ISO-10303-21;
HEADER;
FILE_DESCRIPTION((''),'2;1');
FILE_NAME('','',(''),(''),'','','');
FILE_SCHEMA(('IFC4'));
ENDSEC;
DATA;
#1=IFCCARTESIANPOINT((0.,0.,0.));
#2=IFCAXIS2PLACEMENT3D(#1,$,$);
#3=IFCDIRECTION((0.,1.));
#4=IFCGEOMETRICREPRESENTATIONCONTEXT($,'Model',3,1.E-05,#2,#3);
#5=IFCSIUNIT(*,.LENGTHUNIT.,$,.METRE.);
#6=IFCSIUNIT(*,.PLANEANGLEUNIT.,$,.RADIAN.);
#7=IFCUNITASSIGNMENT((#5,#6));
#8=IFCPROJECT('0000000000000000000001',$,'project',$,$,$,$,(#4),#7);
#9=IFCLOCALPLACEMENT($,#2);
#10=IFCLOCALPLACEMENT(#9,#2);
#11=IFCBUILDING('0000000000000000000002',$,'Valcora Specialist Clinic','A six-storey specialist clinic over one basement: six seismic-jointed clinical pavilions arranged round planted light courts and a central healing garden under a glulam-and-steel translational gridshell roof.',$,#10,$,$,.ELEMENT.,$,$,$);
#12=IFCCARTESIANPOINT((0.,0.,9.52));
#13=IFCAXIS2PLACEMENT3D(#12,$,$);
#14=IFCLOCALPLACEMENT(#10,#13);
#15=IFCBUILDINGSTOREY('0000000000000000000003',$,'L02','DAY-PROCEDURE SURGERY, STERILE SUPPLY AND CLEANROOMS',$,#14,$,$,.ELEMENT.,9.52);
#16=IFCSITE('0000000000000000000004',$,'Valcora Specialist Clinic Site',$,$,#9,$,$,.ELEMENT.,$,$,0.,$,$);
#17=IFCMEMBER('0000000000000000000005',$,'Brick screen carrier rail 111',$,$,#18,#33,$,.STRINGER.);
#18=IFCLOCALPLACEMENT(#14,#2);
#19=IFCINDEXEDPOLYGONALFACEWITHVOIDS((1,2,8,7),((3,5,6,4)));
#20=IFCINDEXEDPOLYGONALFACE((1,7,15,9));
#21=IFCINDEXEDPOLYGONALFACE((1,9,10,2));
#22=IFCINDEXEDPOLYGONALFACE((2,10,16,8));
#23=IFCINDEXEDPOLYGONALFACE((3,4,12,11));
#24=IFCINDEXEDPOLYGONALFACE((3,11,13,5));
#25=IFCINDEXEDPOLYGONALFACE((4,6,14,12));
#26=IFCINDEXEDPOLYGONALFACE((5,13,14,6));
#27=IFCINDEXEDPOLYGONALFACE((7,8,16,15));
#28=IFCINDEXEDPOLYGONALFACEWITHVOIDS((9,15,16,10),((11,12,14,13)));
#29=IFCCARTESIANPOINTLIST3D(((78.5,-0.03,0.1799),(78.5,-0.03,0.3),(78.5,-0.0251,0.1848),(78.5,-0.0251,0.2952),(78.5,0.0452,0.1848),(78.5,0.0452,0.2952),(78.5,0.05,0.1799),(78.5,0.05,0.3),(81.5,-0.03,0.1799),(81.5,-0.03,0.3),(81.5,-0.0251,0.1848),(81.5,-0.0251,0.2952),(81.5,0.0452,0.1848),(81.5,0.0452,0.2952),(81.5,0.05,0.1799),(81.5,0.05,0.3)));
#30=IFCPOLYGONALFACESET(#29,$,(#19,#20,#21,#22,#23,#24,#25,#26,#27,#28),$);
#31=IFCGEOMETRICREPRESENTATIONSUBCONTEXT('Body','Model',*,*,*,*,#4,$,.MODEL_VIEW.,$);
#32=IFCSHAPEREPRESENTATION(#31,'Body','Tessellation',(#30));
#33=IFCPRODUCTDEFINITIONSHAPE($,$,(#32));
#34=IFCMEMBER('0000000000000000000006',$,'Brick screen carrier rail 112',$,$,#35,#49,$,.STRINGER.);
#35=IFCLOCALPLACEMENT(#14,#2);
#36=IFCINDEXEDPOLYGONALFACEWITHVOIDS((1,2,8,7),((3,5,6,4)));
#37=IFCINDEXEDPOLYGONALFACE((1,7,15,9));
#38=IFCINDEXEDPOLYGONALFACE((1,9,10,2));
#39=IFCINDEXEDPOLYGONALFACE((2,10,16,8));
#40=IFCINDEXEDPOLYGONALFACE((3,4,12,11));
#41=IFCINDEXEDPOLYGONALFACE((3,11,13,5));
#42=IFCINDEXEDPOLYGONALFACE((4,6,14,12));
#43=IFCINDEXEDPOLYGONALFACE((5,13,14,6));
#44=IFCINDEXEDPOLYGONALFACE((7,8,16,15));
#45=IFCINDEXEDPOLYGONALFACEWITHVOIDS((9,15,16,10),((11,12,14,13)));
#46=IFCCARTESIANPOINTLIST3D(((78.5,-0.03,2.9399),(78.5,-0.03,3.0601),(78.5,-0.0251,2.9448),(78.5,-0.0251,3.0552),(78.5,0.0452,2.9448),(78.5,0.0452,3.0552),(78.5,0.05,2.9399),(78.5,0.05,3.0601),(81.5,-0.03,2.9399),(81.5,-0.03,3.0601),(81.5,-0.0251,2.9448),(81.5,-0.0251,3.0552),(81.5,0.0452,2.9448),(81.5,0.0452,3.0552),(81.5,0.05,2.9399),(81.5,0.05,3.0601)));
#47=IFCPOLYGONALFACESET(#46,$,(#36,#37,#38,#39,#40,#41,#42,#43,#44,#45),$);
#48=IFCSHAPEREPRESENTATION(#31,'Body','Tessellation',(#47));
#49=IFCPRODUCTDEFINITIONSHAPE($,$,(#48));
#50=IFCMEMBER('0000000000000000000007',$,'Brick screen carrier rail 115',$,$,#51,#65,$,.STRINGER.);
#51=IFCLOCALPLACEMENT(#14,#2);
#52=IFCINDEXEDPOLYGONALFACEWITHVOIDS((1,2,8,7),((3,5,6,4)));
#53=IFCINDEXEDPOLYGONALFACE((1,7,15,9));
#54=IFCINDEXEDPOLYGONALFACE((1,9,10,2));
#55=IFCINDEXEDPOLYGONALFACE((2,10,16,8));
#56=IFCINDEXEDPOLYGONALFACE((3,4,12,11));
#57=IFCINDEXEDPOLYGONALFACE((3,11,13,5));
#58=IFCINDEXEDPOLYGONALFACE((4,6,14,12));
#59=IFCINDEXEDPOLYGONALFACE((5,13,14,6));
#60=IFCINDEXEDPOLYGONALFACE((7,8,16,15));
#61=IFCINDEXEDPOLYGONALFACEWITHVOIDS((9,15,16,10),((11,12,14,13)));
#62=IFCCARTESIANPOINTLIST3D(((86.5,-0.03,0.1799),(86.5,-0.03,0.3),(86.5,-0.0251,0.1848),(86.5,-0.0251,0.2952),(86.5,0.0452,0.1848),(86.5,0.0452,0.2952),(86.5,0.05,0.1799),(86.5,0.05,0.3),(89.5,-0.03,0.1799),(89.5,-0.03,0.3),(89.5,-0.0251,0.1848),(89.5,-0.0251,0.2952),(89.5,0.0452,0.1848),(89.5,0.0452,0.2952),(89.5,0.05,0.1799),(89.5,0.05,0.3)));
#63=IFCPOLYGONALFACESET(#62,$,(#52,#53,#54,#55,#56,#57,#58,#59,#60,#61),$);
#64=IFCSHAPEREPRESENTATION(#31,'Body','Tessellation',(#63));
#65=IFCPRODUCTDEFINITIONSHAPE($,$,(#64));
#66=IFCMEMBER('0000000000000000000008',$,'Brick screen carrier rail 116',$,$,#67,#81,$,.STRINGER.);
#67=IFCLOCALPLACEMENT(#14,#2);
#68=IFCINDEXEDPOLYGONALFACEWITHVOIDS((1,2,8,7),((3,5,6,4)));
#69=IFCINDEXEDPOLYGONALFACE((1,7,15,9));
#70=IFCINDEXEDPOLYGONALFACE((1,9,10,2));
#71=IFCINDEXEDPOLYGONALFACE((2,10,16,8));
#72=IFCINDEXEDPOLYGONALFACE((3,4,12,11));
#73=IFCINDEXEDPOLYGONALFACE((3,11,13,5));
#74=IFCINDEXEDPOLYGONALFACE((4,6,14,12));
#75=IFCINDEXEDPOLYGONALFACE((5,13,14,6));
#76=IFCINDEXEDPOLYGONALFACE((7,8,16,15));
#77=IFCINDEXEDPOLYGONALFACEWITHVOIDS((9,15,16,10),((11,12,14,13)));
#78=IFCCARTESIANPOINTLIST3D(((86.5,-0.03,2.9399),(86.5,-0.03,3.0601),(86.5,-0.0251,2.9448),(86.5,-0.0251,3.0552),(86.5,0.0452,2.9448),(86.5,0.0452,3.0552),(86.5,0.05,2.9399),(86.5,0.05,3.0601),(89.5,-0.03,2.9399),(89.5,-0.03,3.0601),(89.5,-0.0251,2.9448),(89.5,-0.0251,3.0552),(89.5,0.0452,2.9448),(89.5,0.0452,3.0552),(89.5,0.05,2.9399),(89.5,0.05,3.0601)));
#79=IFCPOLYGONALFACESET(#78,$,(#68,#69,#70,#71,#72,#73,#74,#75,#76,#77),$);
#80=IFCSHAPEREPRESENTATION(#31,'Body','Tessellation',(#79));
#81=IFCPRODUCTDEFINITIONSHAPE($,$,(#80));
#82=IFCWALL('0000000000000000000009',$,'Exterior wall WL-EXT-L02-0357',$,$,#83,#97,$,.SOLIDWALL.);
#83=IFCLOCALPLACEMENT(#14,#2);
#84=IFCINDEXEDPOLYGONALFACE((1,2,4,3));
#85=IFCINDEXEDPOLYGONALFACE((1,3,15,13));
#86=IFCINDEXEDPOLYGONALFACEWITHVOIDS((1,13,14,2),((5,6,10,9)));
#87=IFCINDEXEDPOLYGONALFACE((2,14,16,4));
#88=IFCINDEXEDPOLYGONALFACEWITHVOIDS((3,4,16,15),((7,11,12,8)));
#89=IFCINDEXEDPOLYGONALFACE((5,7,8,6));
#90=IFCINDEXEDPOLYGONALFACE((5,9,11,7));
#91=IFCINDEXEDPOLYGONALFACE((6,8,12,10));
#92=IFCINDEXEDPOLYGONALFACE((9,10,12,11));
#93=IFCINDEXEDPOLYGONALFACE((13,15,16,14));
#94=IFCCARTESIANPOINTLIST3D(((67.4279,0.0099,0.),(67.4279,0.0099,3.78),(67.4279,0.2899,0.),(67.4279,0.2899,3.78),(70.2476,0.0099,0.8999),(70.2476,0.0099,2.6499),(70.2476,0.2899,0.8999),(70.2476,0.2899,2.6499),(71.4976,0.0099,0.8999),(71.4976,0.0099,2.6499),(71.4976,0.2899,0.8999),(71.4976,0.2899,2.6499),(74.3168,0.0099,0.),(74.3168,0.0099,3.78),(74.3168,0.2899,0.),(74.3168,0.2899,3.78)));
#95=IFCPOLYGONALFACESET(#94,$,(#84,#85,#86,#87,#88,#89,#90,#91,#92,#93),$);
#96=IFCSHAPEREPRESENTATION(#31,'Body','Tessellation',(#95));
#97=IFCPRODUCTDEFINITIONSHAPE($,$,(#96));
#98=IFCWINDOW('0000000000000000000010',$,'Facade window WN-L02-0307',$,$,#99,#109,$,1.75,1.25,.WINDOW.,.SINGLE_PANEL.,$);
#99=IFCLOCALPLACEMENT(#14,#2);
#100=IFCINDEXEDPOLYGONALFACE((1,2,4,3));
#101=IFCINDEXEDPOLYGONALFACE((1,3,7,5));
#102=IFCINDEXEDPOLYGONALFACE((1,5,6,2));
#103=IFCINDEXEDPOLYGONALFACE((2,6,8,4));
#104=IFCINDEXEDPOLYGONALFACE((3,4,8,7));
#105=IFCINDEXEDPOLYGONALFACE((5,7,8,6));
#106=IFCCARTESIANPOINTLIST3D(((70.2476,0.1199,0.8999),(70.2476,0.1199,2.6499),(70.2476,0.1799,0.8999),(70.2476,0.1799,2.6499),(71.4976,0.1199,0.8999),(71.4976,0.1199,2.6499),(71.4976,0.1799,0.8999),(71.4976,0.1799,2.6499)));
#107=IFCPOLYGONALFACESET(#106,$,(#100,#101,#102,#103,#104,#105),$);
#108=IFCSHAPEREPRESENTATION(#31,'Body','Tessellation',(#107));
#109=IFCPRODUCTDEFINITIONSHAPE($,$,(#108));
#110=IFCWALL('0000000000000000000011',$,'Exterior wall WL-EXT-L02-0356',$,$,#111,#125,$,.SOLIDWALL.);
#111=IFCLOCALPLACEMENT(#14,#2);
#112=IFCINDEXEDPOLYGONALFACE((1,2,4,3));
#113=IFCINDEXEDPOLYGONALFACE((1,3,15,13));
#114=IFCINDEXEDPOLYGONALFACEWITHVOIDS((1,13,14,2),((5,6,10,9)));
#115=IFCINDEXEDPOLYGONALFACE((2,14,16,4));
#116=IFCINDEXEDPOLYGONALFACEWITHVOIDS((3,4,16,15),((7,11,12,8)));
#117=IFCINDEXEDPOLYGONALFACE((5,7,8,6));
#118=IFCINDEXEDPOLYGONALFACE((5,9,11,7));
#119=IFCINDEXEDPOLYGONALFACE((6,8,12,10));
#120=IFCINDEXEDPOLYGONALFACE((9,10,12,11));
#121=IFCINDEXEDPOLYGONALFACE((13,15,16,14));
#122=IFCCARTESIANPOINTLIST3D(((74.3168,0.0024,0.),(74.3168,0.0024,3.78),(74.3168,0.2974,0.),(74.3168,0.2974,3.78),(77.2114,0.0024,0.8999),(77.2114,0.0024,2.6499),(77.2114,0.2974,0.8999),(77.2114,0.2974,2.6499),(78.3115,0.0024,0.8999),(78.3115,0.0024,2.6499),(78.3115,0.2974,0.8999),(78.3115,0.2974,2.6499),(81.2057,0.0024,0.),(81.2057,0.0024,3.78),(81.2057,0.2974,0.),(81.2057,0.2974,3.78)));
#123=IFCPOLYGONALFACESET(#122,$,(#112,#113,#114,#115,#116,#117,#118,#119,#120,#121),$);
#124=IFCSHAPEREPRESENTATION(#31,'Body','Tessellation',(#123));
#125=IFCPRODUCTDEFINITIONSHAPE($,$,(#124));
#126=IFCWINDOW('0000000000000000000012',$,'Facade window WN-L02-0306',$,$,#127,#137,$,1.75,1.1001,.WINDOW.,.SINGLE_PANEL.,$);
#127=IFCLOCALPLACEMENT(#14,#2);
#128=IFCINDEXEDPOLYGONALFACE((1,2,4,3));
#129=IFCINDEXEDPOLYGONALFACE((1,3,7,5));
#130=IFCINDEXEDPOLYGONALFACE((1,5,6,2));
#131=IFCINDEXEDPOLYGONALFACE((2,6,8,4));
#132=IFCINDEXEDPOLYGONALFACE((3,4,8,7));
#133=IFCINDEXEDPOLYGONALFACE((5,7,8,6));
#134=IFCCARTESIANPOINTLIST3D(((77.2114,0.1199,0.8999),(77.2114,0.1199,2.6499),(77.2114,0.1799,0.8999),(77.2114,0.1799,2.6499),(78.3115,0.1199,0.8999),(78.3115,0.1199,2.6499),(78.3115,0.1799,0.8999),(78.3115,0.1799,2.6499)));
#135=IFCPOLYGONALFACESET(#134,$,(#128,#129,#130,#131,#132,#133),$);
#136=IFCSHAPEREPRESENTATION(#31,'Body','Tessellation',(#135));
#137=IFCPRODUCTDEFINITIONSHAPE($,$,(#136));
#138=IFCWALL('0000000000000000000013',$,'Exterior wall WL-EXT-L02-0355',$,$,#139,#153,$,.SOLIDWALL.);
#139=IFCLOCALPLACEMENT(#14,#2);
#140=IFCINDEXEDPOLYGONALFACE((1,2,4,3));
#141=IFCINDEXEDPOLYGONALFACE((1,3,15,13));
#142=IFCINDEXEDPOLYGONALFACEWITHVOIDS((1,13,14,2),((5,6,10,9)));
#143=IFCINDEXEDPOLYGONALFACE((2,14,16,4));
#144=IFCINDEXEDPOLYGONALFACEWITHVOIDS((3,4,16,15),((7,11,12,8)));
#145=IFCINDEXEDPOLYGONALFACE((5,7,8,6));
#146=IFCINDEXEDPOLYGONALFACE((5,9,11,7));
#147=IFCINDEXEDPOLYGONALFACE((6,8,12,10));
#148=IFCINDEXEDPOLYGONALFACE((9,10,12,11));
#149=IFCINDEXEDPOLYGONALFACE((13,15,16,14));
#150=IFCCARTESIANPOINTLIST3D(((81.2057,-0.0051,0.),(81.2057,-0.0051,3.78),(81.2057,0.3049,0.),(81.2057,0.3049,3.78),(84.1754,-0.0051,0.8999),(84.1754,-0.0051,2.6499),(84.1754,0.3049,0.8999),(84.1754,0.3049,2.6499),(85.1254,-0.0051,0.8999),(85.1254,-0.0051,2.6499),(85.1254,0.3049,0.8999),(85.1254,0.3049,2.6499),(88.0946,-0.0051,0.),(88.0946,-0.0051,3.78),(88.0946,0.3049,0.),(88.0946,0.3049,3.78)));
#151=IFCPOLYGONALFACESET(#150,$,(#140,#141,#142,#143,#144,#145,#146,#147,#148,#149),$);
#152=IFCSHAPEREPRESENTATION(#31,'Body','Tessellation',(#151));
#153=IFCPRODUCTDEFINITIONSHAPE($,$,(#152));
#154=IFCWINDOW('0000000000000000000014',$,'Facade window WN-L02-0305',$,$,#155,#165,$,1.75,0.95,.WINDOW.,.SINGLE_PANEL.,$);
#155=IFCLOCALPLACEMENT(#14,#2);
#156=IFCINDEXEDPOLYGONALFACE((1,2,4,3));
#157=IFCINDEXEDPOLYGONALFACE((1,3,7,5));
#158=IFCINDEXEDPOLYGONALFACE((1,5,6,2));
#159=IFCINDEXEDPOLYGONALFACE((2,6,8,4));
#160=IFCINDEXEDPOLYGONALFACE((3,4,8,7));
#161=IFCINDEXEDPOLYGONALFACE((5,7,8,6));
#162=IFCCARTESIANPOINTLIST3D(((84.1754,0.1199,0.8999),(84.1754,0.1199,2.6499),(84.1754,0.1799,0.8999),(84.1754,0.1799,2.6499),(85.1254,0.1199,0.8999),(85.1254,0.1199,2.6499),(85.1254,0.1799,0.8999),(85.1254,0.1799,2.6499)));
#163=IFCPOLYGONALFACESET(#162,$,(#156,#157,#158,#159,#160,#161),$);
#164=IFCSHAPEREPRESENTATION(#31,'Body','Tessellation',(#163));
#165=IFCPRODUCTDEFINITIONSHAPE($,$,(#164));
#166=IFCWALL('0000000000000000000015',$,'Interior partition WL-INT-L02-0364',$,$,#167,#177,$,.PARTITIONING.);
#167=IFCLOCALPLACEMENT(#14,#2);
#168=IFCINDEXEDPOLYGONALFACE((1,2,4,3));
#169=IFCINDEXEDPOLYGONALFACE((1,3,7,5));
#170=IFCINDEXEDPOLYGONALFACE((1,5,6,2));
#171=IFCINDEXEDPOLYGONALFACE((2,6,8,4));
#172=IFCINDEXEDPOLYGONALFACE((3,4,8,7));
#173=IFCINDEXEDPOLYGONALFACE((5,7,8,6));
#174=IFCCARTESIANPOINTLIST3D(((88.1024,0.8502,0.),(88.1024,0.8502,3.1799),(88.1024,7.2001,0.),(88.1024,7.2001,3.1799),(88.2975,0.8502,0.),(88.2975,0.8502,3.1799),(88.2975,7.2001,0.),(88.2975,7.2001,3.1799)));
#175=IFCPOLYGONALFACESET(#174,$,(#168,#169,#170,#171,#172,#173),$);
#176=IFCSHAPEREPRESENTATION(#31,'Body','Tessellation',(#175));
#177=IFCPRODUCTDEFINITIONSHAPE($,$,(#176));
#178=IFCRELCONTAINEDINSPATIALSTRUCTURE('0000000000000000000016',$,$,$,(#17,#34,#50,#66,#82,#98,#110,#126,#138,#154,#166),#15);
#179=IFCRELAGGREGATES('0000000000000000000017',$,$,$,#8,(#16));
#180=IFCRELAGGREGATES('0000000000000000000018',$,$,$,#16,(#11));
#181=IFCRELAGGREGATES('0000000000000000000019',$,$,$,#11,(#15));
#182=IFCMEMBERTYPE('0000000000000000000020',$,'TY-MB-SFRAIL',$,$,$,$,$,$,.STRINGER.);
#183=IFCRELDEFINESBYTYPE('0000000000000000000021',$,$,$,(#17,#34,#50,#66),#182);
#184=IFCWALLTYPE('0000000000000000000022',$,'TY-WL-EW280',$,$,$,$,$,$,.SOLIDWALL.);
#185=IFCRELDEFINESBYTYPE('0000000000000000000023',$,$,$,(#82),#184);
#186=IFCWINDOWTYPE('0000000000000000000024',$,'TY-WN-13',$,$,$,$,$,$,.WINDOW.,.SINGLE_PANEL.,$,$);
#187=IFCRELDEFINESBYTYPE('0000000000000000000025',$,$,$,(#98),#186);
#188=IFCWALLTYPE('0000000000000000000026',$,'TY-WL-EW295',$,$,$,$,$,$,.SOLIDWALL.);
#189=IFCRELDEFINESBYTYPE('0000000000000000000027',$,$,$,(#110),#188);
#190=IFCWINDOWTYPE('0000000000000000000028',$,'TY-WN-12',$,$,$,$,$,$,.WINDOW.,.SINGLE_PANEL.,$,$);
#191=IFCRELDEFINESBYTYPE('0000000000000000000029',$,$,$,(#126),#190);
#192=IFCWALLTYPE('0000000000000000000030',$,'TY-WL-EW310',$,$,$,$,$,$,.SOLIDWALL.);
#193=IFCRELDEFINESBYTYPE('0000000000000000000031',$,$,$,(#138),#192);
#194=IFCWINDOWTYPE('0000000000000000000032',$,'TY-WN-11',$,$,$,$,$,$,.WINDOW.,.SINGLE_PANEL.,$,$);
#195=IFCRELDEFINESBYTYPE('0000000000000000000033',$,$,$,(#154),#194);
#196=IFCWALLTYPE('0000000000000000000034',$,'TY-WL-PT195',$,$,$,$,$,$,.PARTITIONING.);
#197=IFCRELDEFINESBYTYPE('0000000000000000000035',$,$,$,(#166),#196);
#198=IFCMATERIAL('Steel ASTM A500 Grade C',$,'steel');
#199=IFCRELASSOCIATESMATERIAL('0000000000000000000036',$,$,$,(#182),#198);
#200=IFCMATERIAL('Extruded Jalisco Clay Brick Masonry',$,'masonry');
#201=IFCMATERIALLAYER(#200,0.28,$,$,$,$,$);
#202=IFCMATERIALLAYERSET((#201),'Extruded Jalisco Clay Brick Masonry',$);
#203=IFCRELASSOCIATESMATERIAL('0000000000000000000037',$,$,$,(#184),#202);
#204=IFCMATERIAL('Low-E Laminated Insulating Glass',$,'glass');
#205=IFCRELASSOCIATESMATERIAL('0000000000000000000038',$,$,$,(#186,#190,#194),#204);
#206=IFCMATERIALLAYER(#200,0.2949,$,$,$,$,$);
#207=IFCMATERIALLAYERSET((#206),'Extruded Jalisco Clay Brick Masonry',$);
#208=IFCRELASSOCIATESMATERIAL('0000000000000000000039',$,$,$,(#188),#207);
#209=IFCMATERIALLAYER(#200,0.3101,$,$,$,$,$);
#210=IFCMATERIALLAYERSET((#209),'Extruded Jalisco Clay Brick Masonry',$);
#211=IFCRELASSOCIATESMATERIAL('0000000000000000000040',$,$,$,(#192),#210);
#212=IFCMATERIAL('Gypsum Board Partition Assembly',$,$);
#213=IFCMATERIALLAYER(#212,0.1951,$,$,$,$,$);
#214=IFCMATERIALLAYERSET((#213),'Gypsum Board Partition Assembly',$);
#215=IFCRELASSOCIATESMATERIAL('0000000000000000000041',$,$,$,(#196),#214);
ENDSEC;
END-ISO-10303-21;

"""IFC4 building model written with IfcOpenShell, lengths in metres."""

from ifc_helpers import new_model, si_unit, direction, frame, frame_2d, origin, origin_2d, place, context, subcontext, project, spatial, rectangle, hollow_rectangle, extrude, material, layer, layer_set, material_profile, profile_set, type_object, element, fill, save


model = new_model("IFC4")

# Units and contexts
model_context = context("Model", 3, precision=1e-05, world=origin(), true_north=direction((0.0, 1.0)))
body_context = subcontext(model_context, "Body", "Model", "MODEL_VIEW")
ifc_project = project(units=[si_unit("LENGTHUNIT", "METRE"), si_unit("PLANEANGLEUNIT", "RADIAN")], contexts=[model_context])

# Site, building, storey
site_placement = place(None, origin())
site = spatial("IfcSite", under=ifc_project, at=site_placement, Name="Valcora Specialist Clinic Site", CompositionType="ELEMENT", RefElevation=0.0)
building_placement = place(site_placement, origin())
building = spatial("IfcBuilding", under=site, at=building_placement, Name="Valcora Specialist Clinic", Description="A six-storey specialist clinic over one basement: six seismic-jointed clinical pavilions arranged round planted light courts and a central healing garden under a glulam-and-steel translational gridshell roof.", CompositionType="ELEMENT")
storey_placement = place(building_placement, frame((0.0, 0.0, 9.52)))
storey = spatial("IfcBuildingStorey", under=building, at=storey_placement, Name="L02", Description="DAY-PROCEDURE SURGERY, STERILE SUPPLY AND CLEANROOMS", CompositionType="ELEMENT", Elevation=9.52)

# Members
ifc_material_1 = material(Name="Steel ASTM A500 Grade C", Category="steel")
ifc_material_profile_1 = material_profile(ifc_material_1, hollow_rectangle(XDim=0.0801, YDim=0.1201, WallThickness=0.0049, at=origin_2d()), Name="ST-RHS-120X80X5")
ifc_profile_set_1 = profile_set([ifc_material_profile_1], Name="Steel ASTM A500 Grade C")
member_type_1 = type_object("IfcMemberType", Name="TY-MB-SFRAIL", PredefinedType="STRINGER", material=ifc_profile_set_1)
for number, where, z_axis, x_axis, name in (
    (1, (78.5, 0.01, 0.24), (1.0, 0.0, 0.0), (0.0, 1.0, 0.0), "Brick screen carrier rail 111"),
    (2, (78.5, 0.01, 3.0), (1.0, 0.0, 0.0), (0.0, 1.0, 0.0), "Brick screen carrier rail 112"),
    (3, (86.5, 0.01, 0.24), (1.0, 0.0, 0.0), (0.0, 1.0, 0.0), "Brick screen carrier rail 115"),
    (4, (86.5, 0.01, 3.0), (1.0, 0.0, 0.0), (0.0, 1.0, 0.0), "Brick screen carrier rail 116"),
):
    element("IfcMember", number, at=place(storey_placement, frame(where, z_axis=z_axis, x_axis=x_axis)), inside=storey, type_object=member_type_1, Name=name, PredefinedType="STRINGER", context=body_context, shape_type="SweptSolid", body=[
        extrude(hollow_rectangle(XDim=0.0801, YDim=0.1201, WallThickness=0.0049, at=origin_2d()), origin(), (0.0, 0.0, 1.0), 3.0),
    ])

# Walls, openings, windows
ifc_material_2 = material(Name="Extruded Jalisco Clay Brick Masonry", Category="masonry")
ifc_layer_1 = layer(ifc_material_2, 0.28)
ifc_layer_set_1 = layer_set([ifc_layer_1], Name="Extruded Jalisco Clay Brick Masonry")
wall_type_1 = type_object("IfcWallType", Name="TY-WL-EW280", PredefinedType="SOLIDWALL", material=ifc_layer_set_1)
wall_1_placement = place(storey_placement, frame((74.3167, 0.1499, 0.0), z_axis=(0.0, 0.0, 1.0), x_axis=(-1.0, 0.0, 0.0)))
wall_1 = element("IfcWall", 5, at=wall_1_placement, inside=storey, type_object=wall_type_1, Name="Exterior wall WL-EXT-L02-0357", PredefinedType="SOLIDWALL", context=body_context, shape_type="SweptSolid", body=[
    extrude(rectangle(XDim=6.8889, YDim=0.28, at=frame_2d((3.4443, 0.0))), origin(), (0.0, 0.0, 1.0), 3.78),
])
opening_1_placement = place(wall_1_placement, frame((2.8191, 0.0, 0.8999)))
opening_1 = element("IfcOpeningElement", 6, at=opening_1_placement, cuts=wall_1, PredefinedType="OPENING", context=body_context, shape_type="SweptSolid", body=[
    extrude(rectangle(XDim=1.25, YDim=1.75, at=frame_2d((0.625, 0.875))), frame((0.0, 0.1499, 0.0), z_axis=(0.0, -1.0, 0.0), x_axis=(1.0, 0.0, 0.0)), (0.0, 0.0, 1.0), 0.3),
])
ifc_material_3 = material(Name="Low-E Laminated Insulating Glass", Category="glass")
window_type_1 = type_object("IfcWindowType", Name="TY-WN-13", PartitioningType="SINGLE_PANEL", PredefinedType="WINDOW", material=ifc_material_3)
window_1_placement = place(opening_1_placement, origin())
window_1 = element("IfcWindow", 7, at=window_1_placement, inside=storey, type_object=window_type_1, Name="Facade window WN-L02-0307", OverallHeight=1.75, OverallWidth=1.25, PartitioningType="SINGLE_PANEL", PredefinedType="WINDOW", context=body_context, shape_type="SweptSolid", body=[
    extrude(rectangle(XDim=1.25, YDim=1.75, at=frame_2d((0.625, 0.875))), frame((0.0, 0.03, 0.0), z_axis=(0.0, -1.0, 0.0), x_axis=(1.0, 0.0, 0.0)), (0.0, 0.0, 1.0), 0.0601),
])
fill(opening_1, window_1)
ifc_layer_2 = layer(ifc_material_2, 0.2949)
ifc_layer_set_2 = layer_set([ifc_layer_2], Name="Extruded Jalisco Clay Brick Masonry")
wall_type_2 = type_object("IfcWallType", Name="TY-WL-EW295", PredefinedType="SOLIDWALL", material=ifc_layer_set_2)
wall_2_placement = place(storey_placement, frame((81.2056, 0.1499, 0.0), z_axis=(0.0, 0.0, 1.0), x_axis=(-1.0, 0.0, 0.0)))
wall_2 = element("IfcWall", 8, at=wall_2_placement, inside=storey, type_object=wall_type_2, Name="Exterior wall WL-EXT-L02-0356", PredefinedType="SOLIDWALL", context=body_context, shape_type="SweptSolid", body=[
    extrude(rectangle(XDim=6.8889, YDim=0.2949, at=frame_2d((3.4443, 0.0))), origin(), (0.0, 0.0, 1.0), 3.78),
])
opening_2_placement = place(wall_2_placement, frame((2.894, 0.0, 0.8999)))
opening_2 = element("IfcOpeningElement", 9, at=opening_2_placement, cuts=wall_2, PredefinedType="OPENING", context=body_context, shape_type="SweptSolid", body=[
    extrude(rectangle(XDim=1.1001, YDim=1.75, at=frame_2d((0.55, 0.875))), frame((0.0, 0.1575, 0.0), z_axis=(0.0, -1.0, 0.0), x_axis=(1.0, 0.0, 0.0)), (0.0, 0.0, 1.0), 0.3149),
])
window_type_2 = type_object("IfcWindowType", Name="TY-WN-12", PartitioningType="SINGLE_PANEL", PredefinedType="WINDOW", material=ifc_material_3)
window_2_placement = place(opening_2_placement, origin())
window_2 = element("IfcWindow", 10, at=window_2_placement, inside=storey, type_object=window_type_2, Name="Facade window WN-L02-0306", OverallHeight=1.75, OverallWidth=1.1001, PartitioningType="SINGLE_PANEL", PredefinedType="WINDOW", context=body_context, shape_type="SweptSolid", body=[
    extrude(rectangle(XDim=1.1001, YDim=1.75, at=frame_2d((0.55, 0.875))), frame((0.0, 0.03, 0.0), z_axis=(0.0, -1.0, 0.0), x_axis=(1.0, 0.0, 0.0)), (0.0, 0.0, 1.0), 0.0601),
])
fill(opening_2, window_2)
ifc_layer_3 = layer(ifc_material_2, 0.3101)
ifc_layer_set_3 = layer_set([ifc_layer_3], Name="Extruded Jalisco Clay Brick Masonry")
wall_type_3 = type_object("IfcWallType", Name="TY-WL-EW310", PredefinedType="SOLIDWALL", material=ifc_layer_set_3)
wall_3_placement = place(storey_placement, frame((88.0945, 0.1499, 0.0), z_axis=(0.0, 0.0, 1.0), x_axis=(-1.0, 0.0, 0.0)))
wall_3 = element("IfcWall", 11, at=wall_3_placement, inside=storey, type_object=wall_type_3, Name="Exterior wall WL-EXT-L02-0355", PredefinedType="SOLIDWALL", context=body_context, shape_type="SweptSolid", body=[
    extrude(rectangle(XDim=6.8889, YDim=0.3101, at=frame_2d((3.4443, 0.0))), origin(), (0.0, 0.0, 1.0), 3.78),
])
opening_3_placement = place(wall_3_placement, frame((2.969, 0.0, 0.8999)))
opening_3 = element("IfcOpeningElement", 12, at=opening_3_placement, cuts=wall_3, PredefinedType="OPENING", context=body_context, shape_type="SweptSolid", body=[
    extrude(rectangle(XDim=0.95, YDim=1.75, at=frame_2d((0.4751, 0.875))), frame((0.0, 0.165, 0.0), z_axis=(0.0, -1.0, 0.0), x_axis=(1.0, 0.0, 0.0)), (0.0, 0.0, 1.0), 0.3301),
])
window_type_3 = type_object("IfcWindowType", Name="TY-WN-11", PartitioningType="SINGLE_PANEL", PredefinedType="WINDOW", material=ifc_material_3)
window_3_placement = place(opening_3_placement, origin())
window_3 = element("IfcWindow", 13, at=window_3_placement, inside=storey, type_object=window_type_3, Name="Facade window WN-L02-0305", OverallHeight=1.75, OverallWidth=0.95, PartitioningType="SINGLE_PANEL", PredefinedType="WINDOW", context=body_context, shape_type="SweptSolid", body=[
    extrude(rectangle(XDim=0.95, YDim=1.75, at=frame_2d((0.4751, 0.875))), frame((0.0, 0.03, 0.0), z_axis=(0.0, -1.0, 0.0), x_axis=(1.0, 0.0, 0.0)), (0.0, 0.0, 1.0), 0.0601),
])
fill(opening_3, window_3)

# Wall
ifc_material_4 = material(Name="Gypsum Board Partition Assembly")
ifc_layer_4 = layer(ifc_material_4, 0.1951)
ifc_layer_set_4 = layer_set([ifc_layer_4], Name="Gypsum Board Partition Assembly")
wall_type_4 = type_object("IfcWallType", Name="TY-WL-PT195", PredefinedType="PARTITIONING", material=ifc_layer_set_4)
wall_4_placement = place(storey_placement, frame((88.2, 7.2, 0.0), z_axis=(0.0, 0.0, 1.0), x_axis=(0.0, -1.0, 0.0)))
element("IfcWall", 14, at=wall_4_placement, inside=storey, type_object=wall_type_4, Name="Interior partition WL-INT-L02-0364", PredefinedType="PARTITIONING", context=body_context, shape_type="SweptSolid", body=[
    extrude(rectangle(XDim=6.3499, YDim=0.1951, at=frame_2d((3.1748, 0.0))), origin(), (0.0, 0.0, 1.0), 3.1799),
])

save(model, "model.ifc")
